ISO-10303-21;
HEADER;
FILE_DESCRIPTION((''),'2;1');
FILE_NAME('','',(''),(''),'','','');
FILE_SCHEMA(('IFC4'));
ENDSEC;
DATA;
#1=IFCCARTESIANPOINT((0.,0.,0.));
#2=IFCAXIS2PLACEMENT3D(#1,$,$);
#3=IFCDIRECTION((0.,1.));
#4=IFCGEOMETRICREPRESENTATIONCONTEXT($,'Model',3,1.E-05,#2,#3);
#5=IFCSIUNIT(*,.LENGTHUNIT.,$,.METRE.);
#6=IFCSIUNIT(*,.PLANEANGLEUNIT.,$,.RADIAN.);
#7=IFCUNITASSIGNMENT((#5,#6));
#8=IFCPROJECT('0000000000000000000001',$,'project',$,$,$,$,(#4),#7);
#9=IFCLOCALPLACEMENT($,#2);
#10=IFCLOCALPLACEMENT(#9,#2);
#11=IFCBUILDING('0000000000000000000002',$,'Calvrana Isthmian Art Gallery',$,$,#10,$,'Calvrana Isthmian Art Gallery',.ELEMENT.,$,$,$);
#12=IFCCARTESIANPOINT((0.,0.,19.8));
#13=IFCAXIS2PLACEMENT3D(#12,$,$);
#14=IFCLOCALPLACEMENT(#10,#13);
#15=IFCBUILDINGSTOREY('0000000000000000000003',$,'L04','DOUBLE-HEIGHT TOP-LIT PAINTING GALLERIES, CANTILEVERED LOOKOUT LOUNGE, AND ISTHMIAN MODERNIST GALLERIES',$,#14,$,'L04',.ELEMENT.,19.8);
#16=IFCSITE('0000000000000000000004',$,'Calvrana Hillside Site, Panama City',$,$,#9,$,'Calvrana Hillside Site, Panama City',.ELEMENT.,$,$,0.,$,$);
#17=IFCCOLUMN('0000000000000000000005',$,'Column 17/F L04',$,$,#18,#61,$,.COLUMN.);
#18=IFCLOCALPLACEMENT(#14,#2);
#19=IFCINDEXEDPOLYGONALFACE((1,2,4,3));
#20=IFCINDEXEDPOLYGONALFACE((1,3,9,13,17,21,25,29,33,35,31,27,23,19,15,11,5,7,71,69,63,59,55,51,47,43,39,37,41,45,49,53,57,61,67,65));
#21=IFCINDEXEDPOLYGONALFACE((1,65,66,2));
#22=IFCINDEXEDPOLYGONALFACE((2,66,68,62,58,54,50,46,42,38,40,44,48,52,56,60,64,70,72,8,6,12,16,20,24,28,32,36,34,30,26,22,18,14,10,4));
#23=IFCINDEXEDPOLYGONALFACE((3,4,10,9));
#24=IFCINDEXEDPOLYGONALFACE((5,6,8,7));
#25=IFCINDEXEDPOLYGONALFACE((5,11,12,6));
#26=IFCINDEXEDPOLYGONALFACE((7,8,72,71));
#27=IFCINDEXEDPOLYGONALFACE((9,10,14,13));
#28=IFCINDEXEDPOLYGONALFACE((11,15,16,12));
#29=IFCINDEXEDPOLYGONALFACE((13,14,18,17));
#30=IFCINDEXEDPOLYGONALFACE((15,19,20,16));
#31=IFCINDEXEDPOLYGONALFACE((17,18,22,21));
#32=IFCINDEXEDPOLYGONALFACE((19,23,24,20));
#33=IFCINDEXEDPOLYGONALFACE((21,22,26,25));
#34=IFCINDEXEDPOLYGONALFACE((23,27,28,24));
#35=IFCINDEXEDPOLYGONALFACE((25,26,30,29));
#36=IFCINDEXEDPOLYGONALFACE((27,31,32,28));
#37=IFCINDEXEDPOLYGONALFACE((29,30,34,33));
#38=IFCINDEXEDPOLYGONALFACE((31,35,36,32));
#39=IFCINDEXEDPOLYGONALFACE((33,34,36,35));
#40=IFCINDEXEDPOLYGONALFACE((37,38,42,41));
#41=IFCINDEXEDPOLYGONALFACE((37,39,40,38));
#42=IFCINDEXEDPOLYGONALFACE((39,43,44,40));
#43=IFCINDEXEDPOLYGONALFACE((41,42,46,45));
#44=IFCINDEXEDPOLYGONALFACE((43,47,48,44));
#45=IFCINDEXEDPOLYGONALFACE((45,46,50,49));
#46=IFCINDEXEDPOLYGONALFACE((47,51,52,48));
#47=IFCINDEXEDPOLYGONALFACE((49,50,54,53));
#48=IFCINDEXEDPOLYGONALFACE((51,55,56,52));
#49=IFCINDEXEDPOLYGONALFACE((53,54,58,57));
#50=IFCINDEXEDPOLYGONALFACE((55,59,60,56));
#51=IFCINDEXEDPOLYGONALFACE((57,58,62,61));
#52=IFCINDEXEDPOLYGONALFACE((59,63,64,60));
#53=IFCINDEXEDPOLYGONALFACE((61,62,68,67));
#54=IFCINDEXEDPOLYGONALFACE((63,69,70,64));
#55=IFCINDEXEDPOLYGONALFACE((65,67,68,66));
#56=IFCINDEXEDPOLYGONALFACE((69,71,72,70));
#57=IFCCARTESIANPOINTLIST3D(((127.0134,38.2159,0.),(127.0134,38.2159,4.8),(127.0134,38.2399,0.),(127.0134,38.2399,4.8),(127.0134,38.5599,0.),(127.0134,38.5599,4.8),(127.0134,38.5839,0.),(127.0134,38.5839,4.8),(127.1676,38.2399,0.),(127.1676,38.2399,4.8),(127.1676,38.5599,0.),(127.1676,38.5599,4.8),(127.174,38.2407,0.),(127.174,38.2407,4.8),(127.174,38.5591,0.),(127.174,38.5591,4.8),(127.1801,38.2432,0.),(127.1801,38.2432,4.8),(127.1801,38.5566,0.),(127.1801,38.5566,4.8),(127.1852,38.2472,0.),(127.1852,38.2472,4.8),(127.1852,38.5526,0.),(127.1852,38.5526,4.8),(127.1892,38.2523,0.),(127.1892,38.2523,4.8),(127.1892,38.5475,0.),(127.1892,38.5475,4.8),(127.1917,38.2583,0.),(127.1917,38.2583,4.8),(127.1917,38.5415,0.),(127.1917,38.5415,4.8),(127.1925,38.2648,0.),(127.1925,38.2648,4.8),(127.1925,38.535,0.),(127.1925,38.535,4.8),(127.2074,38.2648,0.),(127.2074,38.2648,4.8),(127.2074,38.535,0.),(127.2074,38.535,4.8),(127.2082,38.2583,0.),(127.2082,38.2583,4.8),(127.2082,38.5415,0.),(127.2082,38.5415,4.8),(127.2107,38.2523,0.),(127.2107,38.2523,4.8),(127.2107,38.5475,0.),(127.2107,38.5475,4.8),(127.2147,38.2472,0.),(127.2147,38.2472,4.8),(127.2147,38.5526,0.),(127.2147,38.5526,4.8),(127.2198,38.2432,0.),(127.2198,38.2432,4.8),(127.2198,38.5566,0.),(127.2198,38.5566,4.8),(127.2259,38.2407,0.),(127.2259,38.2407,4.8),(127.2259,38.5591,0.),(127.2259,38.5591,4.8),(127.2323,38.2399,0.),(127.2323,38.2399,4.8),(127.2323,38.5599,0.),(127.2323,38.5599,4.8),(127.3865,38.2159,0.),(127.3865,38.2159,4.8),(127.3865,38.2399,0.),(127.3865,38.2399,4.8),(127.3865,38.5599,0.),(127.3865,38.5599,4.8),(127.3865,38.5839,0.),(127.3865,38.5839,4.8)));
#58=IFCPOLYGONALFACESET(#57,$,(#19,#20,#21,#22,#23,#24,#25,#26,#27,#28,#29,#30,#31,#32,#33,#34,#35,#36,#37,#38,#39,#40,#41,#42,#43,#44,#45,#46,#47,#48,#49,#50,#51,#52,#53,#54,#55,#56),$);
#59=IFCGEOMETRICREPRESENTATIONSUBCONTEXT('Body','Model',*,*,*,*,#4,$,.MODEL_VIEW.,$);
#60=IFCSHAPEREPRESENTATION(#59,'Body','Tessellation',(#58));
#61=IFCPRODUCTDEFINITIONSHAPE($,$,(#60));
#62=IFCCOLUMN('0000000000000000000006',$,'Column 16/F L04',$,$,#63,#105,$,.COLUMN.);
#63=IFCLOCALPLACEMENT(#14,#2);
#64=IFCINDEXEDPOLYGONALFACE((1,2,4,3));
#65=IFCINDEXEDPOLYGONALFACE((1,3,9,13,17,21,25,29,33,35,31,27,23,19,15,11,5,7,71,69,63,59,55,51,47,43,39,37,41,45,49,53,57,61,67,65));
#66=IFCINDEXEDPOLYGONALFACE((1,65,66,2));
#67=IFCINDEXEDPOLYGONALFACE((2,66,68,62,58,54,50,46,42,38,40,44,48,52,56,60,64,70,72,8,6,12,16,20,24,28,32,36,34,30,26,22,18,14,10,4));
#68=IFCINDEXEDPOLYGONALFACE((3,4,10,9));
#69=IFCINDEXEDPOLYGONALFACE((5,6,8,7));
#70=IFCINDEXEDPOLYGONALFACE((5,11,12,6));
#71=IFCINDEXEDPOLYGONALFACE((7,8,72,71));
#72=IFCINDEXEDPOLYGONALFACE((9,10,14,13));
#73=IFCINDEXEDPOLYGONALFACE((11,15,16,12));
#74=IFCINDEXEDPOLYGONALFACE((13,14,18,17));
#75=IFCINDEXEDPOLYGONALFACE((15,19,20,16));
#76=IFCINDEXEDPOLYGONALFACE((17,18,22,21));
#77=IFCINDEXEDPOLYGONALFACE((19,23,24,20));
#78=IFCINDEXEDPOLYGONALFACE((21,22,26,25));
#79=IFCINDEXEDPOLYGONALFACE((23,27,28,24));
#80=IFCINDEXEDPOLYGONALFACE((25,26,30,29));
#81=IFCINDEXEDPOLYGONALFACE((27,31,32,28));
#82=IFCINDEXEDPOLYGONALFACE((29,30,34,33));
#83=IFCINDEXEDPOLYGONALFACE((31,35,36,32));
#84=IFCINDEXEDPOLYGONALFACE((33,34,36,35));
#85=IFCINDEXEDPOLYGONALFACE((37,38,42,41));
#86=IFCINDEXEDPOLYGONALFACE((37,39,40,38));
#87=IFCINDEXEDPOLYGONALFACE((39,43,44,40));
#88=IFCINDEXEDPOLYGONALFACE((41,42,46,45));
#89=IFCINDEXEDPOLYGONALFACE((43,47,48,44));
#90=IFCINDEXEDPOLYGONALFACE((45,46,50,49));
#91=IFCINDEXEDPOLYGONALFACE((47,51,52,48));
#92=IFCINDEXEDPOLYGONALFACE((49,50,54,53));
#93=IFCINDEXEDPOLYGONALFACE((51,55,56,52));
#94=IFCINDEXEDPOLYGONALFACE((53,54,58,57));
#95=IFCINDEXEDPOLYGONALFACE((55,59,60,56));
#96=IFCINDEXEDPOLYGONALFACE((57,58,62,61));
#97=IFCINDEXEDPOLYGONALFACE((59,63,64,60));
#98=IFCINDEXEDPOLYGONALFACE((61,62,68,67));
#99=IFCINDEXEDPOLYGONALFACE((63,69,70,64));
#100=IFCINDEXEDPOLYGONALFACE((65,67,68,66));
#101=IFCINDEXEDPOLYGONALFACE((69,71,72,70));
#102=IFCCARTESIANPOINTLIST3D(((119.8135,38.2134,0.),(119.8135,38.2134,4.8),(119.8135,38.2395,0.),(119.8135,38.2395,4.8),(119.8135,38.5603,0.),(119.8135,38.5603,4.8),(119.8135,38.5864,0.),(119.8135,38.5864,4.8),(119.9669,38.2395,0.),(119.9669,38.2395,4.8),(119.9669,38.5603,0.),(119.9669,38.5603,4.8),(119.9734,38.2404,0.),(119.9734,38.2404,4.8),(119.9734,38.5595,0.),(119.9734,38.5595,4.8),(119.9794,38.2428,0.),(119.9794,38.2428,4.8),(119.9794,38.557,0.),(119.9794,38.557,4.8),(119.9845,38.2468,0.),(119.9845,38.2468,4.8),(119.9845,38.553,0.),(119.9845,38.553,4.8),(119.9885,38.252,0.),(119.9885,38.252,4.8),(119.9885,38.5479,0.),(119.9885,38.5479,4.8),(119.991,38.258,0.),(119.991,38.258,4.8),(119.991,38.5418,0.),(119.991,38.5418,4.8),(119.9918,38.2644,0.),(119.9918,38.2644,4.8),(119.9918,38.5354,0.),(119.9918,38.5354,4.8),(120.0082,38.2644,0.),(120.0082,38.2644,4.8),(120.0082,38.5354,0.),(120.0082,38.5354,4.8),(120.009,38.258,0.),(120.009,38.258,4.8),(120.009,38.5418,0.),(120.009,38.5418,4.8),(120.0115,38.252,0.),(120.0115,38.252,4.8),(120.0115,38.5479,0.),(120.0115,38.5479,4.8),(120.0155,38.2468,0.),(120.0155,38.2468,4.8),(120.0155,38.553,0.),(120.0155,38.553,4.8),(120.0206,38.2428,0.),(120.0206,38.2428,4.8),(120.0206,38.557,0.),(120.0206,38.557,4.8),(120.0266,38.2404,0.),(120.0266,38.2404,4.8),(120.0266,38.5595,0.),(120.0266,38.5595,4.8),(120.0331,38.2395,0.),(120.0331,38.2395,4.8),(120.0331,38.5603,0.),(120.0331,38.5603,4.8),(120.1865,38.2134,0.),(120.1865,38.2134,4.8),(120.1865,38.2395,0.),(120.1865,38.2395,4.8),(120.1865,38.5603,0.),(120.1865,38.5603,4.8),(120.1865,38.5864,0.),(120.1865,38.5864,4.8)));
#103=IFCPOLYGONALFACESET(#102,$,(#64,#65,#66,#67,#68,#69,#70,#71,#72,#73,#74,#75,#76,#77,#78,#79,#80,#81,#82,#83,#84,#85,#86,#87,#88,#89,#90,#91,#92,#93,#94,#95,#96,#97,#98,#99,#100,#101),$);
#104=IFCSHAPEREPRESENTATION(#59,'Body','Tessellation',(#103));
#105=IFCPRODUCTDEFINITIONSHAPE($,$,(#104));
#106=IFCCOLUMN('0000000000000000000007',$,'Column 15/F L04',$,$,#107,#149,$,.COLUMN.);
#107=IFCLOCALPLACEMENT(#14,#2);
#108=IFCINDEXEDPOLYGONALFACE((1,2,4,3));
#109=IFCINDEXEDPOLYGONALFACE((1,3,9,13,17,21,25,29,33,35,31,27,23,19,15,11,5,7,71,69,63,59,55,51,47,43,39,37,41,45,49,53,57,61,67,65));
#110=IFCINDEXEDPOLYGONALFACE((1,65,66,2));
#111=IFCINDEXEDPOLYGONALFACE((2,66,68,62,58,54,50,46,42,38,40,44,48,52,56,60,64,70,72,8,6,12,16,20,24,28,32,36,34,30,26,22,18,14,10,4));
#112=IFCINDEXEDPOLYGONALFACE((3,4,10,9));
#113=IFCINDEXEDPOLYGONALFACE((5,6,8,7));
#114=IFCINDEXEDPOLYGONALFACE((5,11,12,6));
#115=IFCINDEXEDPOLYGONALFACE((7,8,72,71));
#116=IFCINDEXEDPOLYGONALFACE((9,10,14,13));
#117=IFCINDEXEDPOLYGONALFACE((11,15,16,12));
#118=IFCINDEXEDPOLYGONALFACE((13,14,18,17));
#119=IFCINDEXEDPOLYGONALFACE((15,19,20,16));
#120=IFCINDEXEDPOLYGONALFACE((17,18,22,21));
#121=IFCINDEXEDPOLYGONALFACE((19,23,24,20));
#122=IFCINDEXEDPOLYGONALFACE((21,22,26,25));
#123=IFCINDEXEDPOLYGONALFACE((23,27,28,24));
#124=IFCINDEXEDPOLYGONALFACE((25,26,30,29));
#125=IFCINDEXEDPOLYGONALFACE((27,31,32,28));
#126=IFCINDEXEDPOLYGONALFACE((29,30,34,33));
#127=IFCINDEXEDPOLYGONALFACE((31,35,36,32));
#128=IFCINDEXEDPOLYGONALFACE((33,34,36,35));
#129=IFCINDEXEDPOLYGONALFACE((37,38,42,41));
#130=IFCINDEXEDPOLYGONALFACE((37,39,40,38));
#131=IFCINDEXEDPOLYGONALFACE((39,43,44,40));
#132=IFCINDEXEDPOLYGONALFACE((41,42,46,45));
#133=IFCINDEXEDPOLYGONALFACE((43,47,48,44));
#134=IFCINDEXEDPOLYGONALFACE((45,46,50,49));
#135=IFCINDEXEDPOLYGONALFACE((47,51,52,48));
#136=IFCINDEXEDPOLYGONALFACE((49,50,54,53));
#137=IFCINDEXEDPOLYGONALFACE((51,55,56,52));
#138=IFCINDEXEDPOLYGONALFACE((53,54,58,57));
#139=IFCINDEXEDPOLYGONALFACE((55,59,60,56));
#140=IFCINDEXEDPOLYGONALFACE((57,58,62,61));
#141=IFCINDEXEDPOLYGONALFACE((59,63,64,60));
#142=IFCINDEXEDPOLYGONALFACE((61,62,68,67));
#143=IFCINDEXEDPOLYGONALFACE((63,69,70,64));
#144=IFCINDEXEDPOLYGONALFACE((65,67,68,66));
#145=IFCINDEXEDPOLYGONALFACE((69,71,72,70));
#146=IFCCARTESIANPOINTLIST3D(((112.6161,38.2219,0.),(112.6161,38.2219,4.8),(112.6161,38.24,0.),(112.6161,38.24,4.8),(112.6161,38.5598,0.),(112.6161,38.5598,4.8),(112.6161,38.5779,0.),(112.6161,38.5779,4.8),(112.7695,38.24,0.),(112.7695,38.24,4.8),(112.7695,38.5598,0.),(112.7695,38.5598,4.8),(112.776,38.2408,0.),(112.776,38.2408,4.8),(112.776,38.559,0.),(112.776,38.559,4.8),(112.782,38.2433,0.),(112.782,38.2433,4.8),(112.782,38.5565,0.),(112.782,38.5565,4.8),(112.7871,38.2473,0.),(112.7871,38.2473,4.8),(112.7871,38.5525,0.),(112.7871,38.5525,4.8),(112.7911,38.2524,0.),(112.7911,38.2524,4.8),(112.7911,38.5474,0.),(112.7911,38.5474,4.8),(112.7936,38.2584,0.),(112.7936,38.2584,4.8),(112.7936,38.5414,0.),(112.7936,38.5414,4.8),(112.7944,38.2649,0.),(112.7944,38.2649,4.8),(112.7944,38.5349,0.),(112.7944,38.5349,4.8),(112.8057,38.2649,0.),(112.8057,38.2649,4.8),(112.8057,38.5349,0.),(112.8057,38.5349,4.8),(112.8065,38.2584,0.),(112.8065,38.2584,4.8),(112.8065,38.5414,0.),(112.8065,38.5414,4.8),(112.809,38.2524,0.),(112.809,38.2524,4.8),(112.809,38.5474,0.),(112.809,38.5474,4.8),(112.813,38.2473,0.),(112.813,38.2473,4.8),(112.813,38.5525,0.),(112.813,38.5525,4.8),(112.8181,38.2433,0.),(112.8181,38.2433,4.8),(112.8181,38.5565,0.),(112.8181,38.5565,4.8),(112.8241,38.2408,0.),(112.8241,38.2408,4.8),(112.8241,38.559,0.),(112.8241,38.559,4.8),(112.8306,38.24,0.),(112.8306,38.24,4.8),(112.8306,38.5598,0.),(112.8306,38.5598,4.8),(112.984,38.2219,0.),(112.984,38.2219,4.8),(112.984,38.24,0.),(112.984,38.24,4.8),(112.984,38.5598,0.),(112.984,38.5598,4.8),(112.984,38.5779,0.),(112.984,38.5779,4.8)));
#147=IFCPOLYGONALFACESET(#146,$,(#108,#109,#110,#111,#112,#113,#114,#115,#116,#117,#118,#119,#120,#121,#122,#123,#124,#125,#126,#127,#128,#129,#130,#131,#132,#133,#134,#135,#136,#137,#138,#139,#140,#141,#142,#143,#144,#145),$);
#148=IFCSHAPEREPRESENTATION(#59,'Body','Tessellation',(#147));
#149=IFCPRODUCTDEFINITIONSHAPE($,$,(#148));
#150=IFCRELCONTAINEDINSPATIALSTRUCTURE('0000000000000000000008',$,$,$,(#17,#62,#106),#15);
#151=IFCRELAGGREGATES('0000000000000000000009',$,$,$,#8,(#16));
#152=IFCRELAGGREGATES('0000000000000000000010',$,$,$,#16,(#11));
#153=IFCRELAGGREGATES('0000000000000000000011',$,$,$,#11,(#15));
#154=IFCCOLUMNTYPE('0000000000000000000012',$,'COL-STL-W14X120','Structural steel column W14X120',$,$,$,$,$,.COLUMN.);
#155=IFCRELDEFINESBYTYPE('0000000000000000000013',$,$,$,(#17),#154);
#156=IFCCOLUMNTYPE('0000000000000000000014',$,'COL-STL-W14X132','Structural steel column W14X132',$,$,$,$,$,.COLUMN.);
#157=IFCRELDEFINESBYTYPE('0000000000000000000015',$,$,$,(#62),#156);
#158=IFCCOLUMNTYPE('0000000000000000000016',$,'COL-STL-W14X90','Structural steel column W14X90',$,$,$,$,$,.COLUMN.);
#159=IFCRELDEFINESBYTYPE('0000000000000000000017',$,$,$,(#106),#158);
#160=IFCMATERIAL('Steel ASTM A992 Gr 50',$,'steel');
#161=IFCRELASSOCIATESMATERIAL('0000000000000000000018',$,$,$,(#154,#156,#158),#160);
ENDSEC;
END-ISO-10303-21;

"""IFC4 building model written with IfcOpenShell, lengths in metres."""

from ifc_helpers import new_model, si_unit, direction, frame, origin, origin_2d, place, context, subcontext, project, spatial, i_section, extrude, material, material_profile, profile_set, type_object, element, save


model = new_model("IFC4")

# Units and contexts
model_context = context("Model", 3, precision=1e-05, world=origin(), true_north=direction((0.0, 1.0)))
body_context = subcontext(model_context, "Body", "Model", "MODEL_VIEW")
ifc_project = project(units=[si_unit("LENGTHUNIT", "METRE"), si_unit("PLANEANGLEUNIT", "RADIAN")], contexts=[model_context])

# Site, building, storey
site_placement = place(None, origin())
site = spatial("IfcSite", under=ifc_project, at=site_placement, Name="Calvrana Hillside Site, Panama City", LongName="Calvrana Hillside Site, Panama City", CompositionType="ELEMENT", RefElevation=0.0)
building_placement = place(site_placement, origin())
building = spatial("IfcBuilding", under=site, at=building_placement, Name="Calvrana Isthmian Art Gallery", LongName="Calvrana Isthmian Art Gallery", CompositionType="ELEMENT")
storey_placement = place(building_placement, frame((0.0, 0.0, 19.8)))
storey = spatial("IfcBuildingStorey", under=building, at=storey_placement, Name="L04", Description="DOUBLE-HEIGHT TOP-LIT PAINTING GALLERIES, CANTILEVERED LOOKOUT LOUNGE, AND ISTHMIAN MODERNIST GALLERIES", LongName="L04", CompositionType="ELEMENT", Elevation=19.8)

# Columns
ifc_material_1 = material(Name="Steel ASTM A992 Gr 50", Category="steel")
ifc_material_profile_1 = material_profile(ifc_material_1, i_section(OverallWidth=0.373, OverallDepth=0.3679, WebThickness=0.0149, FlangeThickness=0.0239, FilletRadius=0.0249, at=origin_2d()), Name="W14X120")
ifc_profile_set_1 = profile_set([ifc_material_profile_1], Name="Steel ASTM A992 Gr 50")
column_type_1 = type_object("IfcColumnType", Name="COL-STL-W14X120", Description="Structural steel column W14X120", PredefinedType="COLUMN", material=ifc_profile_set_1)
column_1_placement = place(storey_placement, frame((127.2, 38.3999, 0.0), z_axis=(0.0, 0.0, 1.0), x_axis=(1.0, 0.0, 0.0)))
element("IfcColumn", 1, at=column_1_placement, inside=storey, type_object=column_type_1, Name="Column 17/F L04", PredefinedType="COLUMN", context=body_context, shape_type="SweptSolid", body=[
    extrude(i_section(OverallWidth=0.373, OverallDepth=0.3679, WebThickness=0.0149, FlangeThickness=0.0239, FilletRadius=0.0249, at=origin_2d()), origin(), (0.0, 0.0, 1.0), 4.8),
])
ifc_material_profile_2 = material_profile(ifc_material_1, i_section(OverallWidth=0.373, OverallDepth=0.373, WebThickness=0.0164, FlangeThickness=0.0261, FilletRadius=0.0249, at=origin_2d()), Name="W14X132")
ifc_profile_set_2 = profile_set([ifc_material_profile_2], Name="Steel ASTM A992 Gr 50")
column_type_2 = type_object("IfcColumnType", Name="COL-STL-W14X132", Description="Structural steel column W14X132", PredefinedType="COLUMN", material=ifc_profile_set_2)
column_2_placement = place(storey_placement, frame((120.0, 38.3999, 0.0), z_axis=(0.0, 0.0, 1.0), x_axis=(1.0, 0.0, 0.0)))
element("IfcColumn", 2, at=column_2_placement, inside=storey, type_object=column_type_2, Name="Column 16/F L04", PredefinedType="COLUMN", context=body_context, shape_type="SweptSolid", body=[
    extrude(i_section(OverallWidth=0.373, OverallDepth=0.373, WebThickness=0.0164, FlangeThickness=0.0261, FilletRadius=0.0249, at=origin_2d()), origin(), (0.0, 0.0, 1.0), 4.8),
])
ifc_material_profile_3 = material_profile(ifc_material_1, i_section(OverallWidth=0.3679, OverallDepth=0.356, WebThickness=0.0112, FlangeThickness=0.0181, FilletRadius=0.0249, at=origin_2d()), Name="W14X90")
ifc_profile_set_3 = profile_set([ifc_material_profile_3], Name="Steel ASTM A992 Gr 50")
column_type_3 = type_object("IfcColumnType", Name="COL-STL-W14X90", Description="Structural steel column W14X90", PredefinedType="COLUMN", material=ifc_profile_set_3)
column_3_placement = place(storey_placement, frame((112.8, 38.3999, 0.0), z_axis=(0.0, 0.0, 1.0), x_axis=(1.0, 0.0, 0.0)))
element("IfcColumn", 3, at=column_3_placement, inside=storey, type_object=column_type_3, Name="Column 15/F L04", PredefinedType="COLUMN", context=body_context, shape_type="SweptSolid", body=[
    extrude(i_section(OverallWidth=0.3679, OverallDepth=0.356, WebThickness=0.0112, FlangeThickness=0.0181, FilletRadius=0.0249, at=origin_2d()), origin(), (0.0, 0.0, 1.0), 4.8),
])

save(model, "model.ifc")
